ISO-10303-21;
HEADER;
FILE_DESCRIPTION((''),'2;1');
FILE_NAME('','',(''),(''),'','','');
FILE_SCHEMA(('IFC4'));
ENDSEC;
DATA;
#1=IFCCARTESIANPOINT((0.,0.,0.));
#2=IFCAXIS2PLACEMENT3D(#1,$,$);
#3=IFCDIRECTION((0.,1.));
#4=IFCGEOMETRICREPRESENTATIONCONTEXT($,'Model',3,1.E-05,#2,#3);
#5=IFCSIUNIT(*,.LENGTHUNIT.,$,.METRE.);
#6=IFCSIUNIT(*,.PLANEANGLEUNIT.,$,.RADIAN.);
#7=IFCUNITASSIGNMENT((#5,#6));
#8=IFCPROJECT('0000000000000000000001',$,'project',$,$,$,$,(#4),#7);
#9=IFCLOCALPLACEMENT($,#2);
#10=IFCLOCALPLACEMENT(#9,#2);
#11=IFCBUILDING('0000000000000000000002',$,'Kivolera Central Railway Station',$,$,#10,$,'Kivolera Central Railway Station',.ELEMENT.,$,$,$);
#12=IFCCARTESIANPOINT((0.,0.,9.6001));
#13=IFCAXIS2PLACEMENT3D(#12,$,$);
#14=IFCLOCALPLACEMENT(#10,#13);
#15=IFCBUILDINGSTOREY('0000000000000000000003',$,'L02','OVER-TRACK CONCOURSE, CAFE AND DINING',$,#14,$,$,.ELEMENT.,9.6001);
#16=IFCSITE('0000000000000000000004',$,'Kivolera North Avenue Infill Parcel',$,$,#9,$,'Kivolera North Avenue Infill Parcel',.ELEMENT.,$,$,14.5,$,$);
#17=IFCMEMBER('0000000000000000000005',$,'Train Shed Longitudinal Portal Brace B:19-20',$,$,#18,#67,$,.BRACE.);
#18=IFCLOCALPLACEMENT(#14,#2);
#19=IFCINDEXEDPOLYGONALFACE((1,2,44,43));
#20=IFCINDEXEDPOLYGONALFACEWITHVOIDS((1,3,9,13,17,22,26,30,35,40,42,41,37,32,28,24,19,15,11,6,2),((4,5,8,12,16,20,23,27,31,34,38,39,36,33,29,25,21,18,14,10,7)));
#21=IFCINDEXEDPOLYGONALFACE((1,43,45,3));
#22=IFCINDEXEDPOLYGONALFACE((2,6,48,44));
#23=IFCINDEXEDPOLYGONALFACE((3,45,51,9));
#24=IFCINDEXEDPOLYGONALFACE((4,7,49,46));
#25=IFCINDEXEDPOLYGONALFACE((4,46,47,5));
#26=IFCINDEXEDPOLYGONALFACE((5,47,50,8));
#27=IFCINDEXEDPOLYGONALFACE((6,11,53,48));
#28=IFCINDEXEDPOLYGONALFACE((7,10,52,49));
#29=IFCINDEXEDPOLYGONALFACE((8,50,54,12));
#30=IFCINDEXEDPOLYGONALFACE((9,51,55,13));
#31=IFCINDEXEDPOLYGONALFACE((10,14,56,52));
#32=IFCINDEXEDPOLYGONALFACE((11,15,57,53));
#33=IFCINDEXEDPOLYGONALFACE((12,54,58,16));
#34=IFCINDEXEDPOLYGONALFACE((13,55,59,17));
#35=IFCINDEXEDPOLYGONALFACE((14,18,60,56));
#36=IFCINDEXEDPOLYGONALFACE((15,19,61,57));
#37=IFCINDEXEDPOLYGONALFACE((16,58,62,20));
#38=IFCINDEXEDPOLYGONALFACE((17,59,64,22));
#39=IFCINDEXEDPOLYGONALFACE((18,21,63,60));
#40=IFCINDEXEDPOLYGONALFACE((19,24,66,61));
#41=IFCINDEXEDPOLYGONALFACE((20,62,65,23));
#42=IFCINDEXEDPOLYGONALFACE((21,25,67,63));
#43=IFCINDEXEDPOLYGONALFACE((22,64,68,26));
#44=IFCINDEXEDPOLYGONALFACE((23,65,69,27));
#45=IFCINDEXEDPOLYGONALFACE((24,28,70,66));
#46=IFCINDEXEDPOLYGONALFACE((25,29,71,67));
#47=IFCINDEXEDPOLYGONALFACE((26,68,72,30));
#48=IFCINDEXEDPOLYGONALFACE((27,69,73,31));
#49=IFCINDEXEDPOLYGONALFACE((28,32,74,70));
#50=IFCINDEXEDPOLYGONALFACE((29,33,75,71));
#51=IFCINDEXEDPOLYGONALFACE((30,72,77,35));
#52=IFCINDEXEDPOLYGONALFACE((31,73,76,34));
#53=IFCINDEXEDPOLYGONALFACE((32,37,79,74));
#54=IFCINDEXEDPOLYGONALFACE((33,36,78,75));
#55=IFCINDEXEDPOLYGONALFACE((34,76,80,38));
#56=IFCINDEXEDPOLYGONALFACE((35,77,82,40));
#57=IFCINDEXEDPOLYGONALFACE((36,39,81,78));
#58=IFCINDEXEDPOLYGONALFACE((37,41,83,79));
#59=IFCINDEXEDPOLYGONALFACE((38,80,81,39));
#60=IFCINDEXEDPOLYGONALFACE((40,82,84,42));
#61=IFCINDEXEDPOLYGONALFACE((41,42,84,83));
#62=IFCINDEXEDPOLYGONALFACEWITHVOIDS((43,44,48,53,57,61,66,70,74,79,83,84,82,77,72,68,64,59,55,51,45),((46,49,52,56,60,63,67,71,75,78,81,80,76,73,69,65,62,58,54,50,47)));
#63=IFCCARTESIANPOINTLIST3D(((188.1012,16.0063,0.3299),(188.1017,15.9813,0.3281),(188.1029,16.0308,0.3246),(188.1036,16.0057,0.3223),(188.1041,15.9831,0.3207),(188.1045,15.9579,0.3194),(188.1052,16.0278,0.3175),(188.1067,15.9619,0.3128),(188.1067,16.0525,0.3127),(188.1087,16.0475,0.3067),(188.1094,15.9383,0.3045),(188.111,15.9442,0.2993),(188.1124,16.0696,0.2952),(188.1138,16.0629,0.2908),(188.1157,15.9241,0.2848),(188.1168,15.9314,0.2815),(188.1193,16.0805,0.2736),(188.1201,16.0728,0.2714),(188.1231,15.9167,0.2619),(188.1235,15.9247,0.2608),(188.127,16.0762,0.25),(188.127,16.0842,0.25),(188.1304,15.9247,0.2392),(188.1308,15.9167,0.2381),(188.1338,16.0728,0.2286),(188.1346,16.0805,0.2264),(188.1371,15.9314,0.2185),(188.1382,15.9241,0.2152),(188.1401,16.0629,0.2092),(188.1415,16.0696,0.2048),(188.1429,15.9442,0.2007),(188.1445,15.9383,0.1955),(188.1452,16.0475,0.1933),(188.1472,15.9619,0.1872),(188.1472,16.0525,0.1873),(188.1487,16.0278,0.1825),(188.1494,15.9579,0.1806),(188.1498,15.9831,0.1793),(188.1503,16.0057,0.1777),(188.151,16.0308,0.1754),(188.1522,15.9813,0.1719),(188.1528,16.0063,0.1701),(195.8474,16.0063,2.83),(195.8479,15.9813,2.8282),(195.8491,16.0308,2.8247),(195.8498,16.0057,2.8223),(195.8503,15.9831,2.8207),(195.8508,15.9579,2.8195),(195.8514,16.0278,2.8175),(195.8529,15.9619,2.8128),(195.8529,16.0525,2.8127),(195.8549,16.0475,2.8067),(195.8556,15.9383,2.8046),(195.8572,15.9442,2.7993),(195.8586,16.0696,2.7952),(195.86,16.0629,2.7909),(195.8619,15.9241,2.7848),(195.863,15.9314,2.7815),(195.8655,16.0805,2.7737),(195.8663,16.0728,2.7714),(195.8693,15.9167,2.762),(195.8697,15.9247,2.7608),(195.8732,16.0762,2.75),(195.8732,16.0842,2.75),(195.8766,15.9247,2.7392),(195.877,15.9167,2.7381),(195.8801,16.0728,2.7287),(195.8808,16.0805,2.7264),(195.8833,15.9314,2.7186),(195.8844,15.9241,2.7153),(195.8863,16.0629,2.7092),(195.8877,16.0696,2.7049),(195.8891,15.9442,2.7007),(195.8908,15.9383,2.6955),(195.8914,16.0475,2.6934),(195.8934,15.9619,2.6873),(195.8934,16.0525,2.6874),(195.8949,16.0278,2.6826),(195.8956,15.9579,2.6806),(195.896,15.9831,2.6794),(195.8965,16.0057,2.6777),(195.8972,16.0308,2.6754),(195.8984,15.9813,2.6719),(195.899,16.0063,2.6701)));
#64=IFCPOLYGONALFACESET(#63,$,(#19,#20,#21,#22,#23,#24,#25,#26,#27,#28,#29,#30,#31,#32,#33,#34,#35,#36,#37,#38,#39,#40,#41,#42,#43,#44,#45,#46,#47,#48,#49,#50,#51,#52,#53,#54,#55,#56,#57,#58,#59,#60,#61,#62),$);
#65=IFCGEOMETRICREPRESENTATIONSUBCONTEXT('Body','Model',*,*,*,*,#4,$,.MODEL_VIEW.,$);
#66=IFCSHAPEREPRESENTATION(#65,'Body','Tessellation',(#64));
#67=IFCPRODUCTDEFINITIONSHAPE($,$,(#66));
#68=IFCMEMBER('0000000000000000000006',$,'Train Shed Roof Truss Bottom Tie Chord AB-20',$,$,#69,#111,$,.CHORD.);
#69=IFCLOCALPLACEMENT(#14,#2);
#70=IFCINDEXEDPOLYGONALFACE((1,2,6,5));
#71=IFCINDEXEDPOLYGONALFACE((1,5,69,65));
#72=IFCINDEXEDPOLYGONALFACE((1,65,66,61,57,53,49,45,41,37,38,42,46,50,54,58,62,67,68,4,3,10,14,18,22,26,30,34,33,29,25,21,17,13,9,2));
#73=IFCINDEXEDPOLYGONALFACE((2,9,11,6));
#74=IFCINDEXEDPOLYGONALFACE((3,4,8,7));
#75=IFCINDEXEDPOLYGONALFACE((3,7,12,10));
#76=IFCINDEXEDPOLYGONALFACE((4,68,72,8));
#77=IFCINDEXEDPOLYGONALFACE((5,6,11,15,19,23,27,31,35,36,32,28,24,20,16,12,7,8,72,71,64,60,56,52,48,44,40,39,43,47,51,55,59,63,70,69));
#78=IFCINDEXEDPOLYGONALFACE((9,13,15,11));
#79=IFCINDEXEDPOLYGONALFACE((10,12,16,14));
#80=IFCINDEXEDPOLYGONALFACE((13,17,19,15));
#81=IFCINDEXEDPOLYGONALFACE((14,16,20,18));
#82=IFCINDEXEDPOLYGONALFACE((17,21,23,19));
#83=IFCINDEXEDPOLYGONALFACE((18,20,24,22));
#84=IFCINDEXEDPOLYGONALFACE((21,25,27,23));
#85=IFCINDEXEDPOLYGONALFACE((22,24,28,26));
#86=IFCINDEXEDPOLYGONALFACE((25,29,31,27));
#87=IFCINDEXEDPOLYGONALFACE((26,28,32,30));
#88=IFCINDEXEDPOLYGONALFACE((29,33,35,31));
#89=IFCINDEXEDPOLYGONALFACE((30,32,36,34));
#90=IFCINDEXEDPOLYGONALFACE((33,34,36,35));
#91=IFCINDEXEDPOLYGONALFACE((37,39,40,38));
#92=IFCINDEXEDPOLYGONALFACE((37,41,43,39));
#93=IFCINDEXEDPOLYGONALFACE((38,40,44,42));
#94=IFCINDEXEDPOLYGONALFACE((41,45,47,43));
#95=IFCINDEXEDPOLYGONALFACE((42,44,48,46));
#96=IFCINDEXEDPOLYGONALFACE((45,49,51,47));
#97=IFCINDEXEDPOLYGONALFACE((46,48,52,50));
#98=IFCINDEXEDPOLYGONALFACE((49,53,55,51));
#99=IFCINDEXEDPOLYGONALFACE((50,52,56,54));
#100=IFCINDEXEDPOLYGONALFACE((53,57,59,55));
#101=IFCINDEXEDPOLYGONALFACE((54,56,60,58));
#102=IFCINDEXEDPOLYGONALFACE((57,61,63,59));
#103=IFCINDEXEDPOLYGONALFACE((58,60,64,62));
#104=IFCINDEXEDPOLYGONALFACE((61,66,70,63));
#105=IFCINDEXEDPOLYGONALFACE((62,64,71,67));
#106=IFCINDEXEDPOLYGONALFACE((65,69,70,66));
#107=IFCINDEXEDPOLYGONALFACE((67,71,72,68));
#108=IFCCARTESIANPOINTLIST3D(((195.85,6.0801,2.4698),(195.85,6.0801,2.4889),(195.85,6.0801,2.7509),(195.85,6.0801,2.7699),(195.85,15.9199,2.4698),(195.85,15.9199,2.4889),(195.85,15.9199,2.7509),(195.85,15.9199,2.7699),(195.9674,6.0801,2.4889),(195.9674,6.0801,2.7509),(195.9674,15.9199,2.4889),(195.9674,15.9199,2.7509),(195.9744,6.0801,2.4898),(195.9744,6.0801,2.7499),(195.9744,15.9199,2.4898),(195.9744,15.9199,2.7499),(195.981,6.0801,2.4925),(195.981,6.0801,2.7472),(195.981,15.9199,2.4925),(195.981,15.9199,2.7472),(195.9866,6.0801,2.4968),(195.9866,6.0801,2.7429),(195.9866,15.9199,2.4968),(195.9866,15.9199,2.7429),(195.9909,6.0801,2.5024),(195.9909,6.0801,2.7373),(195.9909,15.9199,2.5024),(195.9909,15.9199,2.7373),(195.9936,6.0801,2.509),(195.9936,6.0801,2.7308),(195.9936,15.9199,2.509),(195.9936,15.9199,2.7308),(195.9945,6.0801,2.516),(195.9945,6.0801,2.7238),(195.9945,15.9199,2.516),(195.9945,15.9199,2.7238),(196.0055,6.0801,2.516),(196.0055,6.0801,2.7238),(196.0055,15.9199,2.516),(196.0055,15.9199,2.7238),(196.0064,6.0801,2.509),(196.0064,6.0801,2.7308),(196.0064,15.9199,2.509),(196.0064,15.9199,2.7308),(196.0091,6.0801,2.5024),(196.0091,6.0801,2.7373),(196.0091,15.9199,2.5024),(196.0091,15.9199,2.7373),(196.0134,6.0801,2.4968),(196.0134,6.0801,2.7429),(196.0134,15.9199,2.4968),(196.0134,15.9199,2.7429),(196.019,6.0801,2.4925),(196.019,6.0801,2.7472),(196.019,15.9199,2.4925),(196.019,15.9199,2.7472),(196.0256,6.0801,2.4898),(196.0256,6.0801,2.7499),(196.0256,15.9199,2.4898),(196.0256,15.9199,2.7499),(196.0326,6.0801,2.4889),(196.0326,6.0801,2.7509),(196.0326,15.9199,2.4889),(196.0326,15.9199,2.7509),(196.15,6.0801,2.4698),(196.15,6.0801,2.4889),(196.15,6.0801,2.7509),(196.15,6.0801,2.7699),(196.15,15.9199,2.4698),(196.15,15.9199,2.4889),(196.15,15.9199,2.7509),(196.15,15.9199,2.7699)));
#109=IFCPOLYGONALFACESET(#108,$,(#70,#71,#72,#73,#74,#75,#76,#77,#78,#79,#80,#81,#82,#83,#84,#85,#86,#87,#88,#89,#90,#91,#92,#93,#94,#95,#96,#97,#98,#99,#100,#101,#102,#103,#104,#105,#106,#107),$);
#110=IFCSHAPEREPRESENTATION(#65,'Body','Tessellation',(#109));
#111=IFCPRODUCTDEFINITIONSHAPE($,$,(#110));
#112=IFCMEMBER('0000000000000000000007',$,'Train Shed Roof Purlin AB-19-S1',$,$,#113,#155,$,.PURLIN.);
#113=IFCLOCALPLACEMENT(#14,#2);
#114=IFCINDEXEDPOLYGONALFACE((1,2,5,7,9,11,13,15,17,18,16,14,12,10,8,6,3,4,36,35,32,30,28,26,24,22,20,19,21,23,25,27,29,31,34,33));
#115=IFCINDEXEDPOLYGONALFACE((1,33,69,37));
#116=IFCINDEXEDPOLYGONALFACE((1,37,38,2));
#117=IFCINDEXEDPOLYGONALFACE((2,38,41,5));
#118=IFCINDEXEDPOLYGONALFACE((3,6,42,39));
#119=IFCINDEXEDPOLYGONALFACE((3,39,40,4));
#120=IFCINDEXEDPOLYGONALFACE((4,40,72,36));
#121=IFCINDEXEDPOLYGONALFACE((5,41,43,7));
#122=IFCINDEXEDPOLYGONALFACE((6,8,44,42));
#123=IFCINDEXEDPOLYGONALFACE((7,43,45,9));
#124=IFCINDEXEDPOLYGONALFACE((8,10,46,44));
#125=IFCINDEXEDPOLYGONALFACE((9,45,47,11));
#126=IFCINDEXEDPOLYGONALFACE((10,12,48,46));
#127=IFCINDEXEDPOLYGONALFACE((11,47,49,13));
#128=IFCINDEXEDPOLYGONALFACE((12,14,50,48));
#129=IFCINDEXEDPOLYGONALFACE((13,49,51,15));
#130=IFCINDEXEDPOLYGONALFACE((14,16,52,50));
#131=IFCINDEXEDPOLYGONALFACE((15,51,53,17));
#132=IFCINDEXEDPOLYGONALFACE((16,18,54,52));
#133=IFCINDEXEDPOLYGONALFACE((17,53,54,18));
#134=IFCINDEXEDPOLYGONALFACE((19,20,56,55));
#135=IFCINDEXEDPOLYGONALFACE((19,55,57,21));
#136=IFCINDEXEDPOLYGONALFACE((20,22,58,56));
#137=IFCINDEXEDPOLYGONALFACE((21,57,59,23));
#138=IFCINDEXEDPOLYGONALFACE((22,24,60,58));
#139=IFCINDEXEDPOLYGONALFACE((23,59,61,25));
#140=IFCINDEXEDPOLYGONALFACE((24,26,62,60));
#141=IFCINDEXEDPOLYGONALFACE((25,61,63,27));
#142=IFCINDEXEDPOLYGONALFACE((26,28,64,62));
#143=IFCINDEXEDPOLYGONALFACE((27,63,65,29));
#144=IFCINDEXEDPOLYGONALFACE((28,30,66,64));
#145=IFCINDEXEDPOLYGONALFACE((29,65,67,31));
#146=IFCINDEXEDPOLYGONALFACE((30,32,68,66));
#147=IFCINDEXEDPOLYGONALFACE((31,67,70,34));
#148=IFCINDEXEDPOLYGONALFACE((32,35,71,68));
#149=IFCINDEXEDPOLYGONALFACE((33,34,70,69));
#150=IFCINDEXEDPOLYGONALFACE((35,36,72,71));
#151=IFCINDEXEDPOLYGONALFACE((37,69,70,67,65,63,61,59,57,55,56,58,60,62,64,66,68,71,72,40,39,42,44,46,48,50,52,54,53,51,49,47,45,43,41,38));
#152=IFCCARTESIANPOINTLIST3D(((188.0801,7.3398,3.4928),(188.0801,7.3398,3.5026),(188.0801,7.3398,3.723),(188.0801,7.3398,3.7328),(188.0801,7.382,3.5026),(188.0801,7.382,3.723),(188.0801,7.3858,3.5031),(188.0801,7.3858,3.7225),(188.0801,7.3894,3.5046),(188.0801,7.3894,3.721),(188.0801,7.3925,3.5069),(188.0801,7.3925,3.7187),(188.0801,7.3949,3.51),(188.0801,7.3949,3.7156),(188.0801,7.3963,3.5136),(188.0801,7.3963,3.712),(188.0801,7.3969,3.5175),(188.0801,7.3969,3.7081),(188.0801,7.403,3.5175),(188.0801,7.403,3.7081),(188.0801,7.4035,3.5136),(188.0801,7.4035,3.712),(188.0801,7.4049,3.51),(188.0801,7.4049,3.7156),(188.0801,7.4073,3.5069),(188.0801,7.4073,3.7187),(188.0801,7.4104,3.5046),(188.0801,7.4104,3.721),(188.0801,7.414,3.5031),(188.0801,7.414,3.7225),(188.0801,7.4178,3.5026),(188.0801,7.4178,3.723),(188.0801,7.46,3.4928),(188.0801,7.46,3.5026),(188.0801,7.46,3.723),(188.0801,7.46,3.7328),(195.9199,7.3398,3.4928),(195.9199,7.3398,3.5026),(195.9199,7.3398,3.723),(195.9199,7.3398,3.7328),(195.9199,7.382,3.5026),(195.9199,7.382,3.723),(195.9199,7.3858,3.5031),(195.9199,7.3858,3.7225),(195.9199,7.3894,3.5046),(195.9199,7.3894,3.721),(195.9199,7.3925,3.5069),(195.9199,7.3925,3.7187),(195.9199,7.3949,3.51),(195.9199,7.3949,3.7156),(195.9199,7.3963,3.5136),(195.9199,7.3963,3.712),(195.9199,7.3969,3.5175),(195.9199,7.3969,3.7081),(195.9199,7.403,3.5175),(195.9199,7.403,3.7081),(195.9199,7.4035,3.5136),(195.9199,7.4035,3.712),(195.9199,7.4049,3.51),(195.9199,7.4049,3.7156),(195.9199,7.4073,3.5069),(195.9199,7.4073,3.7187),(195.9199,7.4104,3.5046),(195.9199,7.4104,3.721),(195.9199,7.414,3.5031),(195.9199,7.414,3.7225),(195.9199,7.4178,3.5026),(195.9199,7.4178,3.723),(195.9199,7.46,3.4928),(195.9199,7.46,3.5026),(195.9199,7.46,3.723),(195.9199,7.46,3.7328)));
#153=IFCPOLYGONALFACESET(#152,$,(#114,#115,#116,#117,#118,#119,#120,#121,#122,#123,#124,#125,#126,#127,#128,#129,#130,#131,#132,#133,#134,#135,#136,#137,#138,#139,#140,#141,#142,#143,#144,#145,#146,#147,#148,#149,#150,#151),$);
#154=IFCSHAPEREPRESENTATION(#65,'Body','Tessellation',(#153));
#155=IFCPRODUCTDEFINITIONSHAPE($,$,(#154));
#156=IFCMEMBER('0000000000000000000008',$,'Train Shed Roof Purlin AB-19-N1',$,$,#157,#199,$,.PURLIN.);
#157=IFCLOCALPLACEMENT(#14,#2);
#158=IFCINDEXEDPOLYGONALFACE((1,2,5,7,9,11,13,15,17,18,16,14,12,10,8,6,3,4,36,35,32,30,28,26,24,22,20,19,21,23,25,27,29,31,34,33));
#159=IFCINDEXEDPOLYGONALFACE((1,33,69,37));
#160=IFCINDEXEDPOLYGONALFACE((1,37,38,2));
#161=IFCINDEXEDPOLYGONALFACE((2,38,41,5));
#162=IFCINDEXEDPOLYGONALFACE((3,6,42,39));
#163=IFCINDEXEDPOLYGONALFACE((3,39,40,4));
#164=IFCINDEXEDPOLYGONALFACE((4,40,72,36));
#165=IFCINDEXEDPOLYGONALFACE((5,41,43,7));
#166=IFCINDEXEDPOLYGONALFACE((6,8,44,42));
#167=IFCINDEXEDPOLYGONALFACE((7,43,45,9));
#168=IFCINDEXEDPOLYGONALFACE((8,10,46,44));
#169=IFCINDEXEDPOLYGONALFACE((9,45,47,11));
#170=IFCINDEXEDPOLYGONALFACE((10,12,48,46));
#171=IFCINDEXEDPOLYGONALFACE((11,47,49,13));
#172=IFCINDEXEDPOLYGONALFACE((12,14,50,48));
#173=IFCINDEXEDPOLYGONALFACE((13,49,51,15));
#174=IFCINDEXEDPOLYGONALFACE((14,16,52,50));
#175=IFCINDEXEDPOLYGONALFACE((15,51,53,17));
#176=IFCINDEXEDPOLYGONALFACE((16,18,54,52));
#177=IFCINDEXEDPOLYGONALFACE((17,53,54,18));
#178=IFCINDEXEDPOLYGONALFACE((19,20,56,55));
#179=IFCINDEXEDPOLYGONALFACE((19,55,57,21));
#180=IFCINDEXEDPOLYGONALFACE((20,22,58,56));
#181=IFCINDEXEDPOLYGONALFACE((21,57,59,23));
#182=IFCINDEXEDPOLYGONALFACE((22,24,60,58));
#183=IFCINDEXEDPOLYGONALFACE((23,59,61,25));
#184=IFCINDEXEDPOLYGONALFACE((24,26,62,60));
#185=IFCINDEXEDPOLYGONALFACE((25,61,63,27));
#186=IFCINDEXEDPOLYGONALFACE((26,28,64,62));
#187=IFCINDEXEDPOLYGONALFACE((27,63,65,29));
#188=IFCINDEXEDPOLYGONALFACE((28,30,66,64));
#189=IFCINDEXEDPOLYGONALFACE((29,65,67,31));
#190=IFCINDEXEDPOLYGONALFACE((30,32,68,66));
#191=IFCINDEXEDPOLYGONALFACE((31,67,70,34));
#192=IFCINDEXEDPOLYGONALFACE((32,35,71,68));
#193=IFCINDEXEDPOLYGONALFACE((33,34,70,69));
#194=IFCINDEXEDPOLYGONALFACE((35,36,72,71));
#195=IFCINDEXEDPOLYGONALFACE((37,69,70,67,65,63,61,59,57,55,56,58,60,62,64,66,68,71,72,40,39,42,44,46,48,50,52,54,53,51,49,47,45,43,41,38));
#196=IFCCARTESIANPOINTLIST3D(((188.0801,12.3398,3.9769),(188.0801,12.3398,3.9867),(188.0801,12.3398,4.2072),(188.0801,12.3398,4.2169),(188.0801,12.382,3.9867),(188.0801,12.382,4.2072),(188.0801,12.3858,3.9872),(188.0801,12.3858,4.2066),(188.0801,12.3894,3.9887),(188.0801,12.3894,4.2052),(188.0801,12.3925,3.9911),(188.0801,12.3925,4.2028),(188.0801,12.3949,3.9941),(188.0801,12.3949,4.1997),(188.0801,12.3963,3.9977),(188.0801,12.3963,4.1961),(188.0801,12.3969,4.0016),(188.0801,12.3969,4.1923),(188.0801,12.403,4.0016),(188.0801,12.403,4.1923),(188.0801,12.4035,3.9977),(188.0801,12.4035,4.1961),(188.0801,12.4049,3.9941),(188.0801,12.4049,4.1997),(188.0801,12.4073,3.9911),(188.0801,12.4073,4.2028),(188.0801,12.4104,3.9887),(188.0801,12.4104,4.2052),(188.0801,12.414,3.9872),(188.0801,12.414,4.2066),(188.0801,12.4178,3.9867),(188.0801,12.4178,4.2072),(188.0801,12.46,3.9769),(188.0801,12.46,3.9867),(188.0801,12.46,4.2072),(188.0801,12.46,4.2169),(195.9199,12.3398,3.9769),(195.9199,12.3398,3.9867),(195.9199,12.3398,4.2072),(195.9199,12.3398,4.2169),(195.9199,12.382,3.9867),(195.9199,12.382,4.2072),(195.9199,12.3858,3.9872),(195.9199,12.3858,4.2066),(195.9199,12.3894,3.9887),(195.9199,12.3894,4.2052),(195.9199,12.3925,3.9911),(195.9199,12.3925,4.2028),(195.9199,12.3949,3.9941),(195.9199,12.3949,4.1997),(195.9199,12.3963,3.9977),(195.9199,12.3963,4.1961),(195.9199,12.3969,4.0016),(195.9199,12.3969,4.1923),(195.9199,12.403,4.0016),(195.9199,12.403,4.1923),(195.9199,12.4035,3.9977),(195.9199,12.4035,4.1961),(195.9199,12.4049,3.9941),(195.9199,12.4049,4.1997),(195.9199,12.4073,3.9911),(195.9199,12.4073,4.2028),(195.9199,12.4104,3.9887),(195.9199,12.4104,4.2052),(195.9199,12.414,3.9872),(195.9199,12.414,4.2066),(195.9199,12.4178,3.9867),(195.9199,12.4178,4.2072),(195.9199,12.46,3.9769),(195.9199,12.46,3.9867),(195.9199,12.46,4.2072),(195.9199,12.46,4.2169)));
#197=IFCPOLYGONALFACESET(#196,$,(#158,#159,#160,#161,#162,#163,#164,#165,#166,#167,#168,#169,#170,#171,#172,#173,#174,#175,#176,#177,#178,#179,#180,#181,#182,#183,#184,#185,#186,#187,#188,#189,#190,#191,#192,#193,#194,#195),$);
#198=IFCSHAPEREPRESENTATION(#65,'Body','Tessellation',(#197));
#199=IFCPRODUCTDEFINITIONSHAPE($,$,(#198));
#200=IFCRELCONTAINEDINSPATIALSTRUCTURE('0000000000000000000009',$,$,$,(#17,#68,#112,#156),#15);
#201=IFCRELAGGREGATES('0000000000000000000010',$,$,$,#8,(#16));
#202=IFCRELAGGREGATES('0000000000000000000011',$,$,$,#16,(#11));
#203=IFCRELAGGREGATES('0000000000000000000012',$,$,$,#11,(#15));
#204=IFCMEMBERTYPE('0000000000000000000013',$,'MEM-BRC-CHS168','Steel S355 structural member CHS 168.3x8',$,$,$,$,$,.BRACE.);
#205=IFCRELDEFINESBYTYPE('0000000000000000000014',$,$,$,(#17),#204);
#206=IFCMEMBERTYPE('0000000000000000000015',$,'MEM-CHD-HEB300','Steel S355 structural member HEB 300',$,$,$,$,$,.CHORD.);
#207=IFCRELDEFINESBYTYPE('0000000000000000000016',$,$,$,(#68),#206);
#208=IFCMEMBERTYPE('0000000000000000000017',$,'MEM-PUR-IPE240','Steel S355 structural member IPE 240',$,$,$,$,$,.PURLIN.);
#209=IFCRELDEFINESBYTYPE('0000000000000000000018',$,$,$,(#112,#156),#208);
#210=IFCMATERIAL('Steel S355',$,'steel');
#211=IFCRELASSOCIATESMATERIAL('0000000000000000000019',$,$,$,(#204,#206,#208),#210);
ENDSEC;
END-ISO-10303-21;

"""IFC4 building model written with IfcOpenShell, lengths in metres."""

from ifc_helpers import new_model, si_unit, direction, frame, origin, origin_2d, place, context, subcontext, project, spatial, hollow_circle, i_section, extrude, material, material_profile, profile_set, type_object, element, save


model = new_model("IFC4")

# Units and contexts
model_context = context("Model", 3, precision=1e-05, world=origin(), true_north=direction((0.0, 1.0)))
body_context = subcontext(model_context, "Body", "Model", "MODEL_VIEW")
ifc_project = project(units=[si_unit("LENGTHUNIT", "METRE"), si_unit("PLANEANGLEUNIT", "RADIAN")], contexts=[model_context])

# Site, building, storey
site_placement = place(None, origin())
site = spatial("IfcSite", under=ifc_project, at=site_placement, Name="Kivolera North Avenue Infill Parcel", LongName="Kivolera North Avenue Infill Parcel", CompositionType="ELEMENT", RefElevation=14.5)
building_placement = place(site_placement, origin())
building = spatial("IfcBuilding", under=site, at=building_placement, Name="Kivolera Central Railway Station", LongName="Kivolera Central Railway Station", CompositionType="ELEMENT")
storey_placement = place(building_placement, frame((0.0, 0.0, 9.6001)))
storey = spatial("IfcBuildingStorey", under=building, at=storey_placement, Name="L02", Description="OVER-TRACK CONCOURSE, CAFE AND DINING", CompositionType="ELEMENT", Elevation=9.6001)

# Shared definitions
ifc_material_1 = material(Name="Steel S355", Category="steel")

# Members
ifc_material_profile_1 = material_profile(ifc_material_1, hollow_circle(Radius=0.0842, WallThickness=0.0081, at=origin_2d()), Name="CHS 168.3x8")
ifc_profile_set_1 = profile_set([ifc_material_profile_1], Name="Steel S355")
member_type_1 = type_object("IfcMemberType", Name="MEM-BRC-CHS168", Description="Steel S355 structural member CHS 168.3x8", PredefinedType="BRACE", material=ifc_profile_set_1)
for number, where, z_axis, x_axis, name in (
    (1, (188.127, 16.0, 0.25), (0.951663, 0.0, 0.307143), (0.0, 1.0, 0.0), "Train Shed Longitudinal Portal Brace B:19-20"),
):
    element("IfcMember", number, at=place(storey_placement, frame(where, z_axis=z_axis, x_axis=x_axis)), inside=storey, type_object=member_type_1, Name=name, PredefinedType="BRACE", context=body_context, shape_type="SweptSolid", body=[
        extrude(hollow_circle(Radius=0.0842, WallThickness=0.0081, at=origin_2d()), origin(), (0.0, 0.0, 1.0), 8.1396),
    ])
ifc_material_profile_2 = material_profile(ifc_material_1, i_section(OverallWidth=0.3, OverallDepth=0.3, WebThickness=0.011, FlangeThickness=0.019, FilletRadius=0.0271, at=origin_2d()), Name="HEB 300")
ifc_profile_set_2 = profile_set([ifc_material_profile_2], Name="Steel S355")
member_type_2 = type_object("IfcMemberType", Name="MEM-CHD-HEB300", Description="Steel S355 structural member HEB 300", PredefinedType="CHORD", material=ifc_profile_set_2)
member_placement = place(storey_placement, frame((196.0, 6.0801, 2.6199), z_axis=(0.0, 1.0, 0.0), x_axis=(-1.0, 0.0, 0.0)))
element("IfcMember", 2, at=member_placement, inside=storey, type_object=member_type_2, Name="Train Shed Roof Truss Bottom Tie Chord AB-20", PredefinedType="CHORD", context=body_context, shape_type="SweptSolid", body=[
    extrude(i_section(OverallWidth=0.3, OverallDepth=0.3, WebThickness=0.011, FlangeThickness=0.019, FilletRadius=0.0271, at=origin_2d()), origin(), (0.0, 0.0, 1.0), 9.8398),
])
ifc_material_profile_3 = material_profile(ifc_material_1, i_section(OverallWidth=0.1201, OverallDepth=0.24, WebThickness=0.0061, FlangeThickness=0.0098, FilletRadius=0.0149, at=origin_2d()), Name="IPE 240")
ifc_profile_set_3 = profile_set([ifc_material_profile_3], Name="Steel S355")
member_type_3 = type_object("IfcMemberType", Name="MEM-PUR-IPE240", Description="Steel S355 structural member IPE 240", PredefinedType="PURLIN", material=ifc_profile_set_3)
for number, where, z_axis, x_axis, name in (
    (3, (188.0801, 7.3999, 3.6128), (1.0, 0.0, 0.0), (0.0, 1.0, 0.0), "Train Shed Roof Purlin AB-19-S1"),
    (4, (188.0801, 12.3999, 4.0969), (1.0, 0.0, 0.0), (0.0, 1.0, 0.0), "Train Shed Roof Purlin AB-19-N1"),
):
    element("IfcMember", number, at=place(storey_placement, frame(where, z_axis=z_axis, x_axis=x_axis)), inside=storey, type_object=member_type_3, Name=name, PredefinedType="PURLIN", context=body_context, shape_type="SweptSolid", body=[
        extrude(i_section(OverallWidth=0.1201, OverallDepth=0.24, WebThickness=0.0061, FlangeThickness=0.0098, FilletRadius=0.0149, at=origin_2d()), origin(), (0.0, 0.0, 1.0), 7.8398),
    ])

save(model, "model.ifc")
